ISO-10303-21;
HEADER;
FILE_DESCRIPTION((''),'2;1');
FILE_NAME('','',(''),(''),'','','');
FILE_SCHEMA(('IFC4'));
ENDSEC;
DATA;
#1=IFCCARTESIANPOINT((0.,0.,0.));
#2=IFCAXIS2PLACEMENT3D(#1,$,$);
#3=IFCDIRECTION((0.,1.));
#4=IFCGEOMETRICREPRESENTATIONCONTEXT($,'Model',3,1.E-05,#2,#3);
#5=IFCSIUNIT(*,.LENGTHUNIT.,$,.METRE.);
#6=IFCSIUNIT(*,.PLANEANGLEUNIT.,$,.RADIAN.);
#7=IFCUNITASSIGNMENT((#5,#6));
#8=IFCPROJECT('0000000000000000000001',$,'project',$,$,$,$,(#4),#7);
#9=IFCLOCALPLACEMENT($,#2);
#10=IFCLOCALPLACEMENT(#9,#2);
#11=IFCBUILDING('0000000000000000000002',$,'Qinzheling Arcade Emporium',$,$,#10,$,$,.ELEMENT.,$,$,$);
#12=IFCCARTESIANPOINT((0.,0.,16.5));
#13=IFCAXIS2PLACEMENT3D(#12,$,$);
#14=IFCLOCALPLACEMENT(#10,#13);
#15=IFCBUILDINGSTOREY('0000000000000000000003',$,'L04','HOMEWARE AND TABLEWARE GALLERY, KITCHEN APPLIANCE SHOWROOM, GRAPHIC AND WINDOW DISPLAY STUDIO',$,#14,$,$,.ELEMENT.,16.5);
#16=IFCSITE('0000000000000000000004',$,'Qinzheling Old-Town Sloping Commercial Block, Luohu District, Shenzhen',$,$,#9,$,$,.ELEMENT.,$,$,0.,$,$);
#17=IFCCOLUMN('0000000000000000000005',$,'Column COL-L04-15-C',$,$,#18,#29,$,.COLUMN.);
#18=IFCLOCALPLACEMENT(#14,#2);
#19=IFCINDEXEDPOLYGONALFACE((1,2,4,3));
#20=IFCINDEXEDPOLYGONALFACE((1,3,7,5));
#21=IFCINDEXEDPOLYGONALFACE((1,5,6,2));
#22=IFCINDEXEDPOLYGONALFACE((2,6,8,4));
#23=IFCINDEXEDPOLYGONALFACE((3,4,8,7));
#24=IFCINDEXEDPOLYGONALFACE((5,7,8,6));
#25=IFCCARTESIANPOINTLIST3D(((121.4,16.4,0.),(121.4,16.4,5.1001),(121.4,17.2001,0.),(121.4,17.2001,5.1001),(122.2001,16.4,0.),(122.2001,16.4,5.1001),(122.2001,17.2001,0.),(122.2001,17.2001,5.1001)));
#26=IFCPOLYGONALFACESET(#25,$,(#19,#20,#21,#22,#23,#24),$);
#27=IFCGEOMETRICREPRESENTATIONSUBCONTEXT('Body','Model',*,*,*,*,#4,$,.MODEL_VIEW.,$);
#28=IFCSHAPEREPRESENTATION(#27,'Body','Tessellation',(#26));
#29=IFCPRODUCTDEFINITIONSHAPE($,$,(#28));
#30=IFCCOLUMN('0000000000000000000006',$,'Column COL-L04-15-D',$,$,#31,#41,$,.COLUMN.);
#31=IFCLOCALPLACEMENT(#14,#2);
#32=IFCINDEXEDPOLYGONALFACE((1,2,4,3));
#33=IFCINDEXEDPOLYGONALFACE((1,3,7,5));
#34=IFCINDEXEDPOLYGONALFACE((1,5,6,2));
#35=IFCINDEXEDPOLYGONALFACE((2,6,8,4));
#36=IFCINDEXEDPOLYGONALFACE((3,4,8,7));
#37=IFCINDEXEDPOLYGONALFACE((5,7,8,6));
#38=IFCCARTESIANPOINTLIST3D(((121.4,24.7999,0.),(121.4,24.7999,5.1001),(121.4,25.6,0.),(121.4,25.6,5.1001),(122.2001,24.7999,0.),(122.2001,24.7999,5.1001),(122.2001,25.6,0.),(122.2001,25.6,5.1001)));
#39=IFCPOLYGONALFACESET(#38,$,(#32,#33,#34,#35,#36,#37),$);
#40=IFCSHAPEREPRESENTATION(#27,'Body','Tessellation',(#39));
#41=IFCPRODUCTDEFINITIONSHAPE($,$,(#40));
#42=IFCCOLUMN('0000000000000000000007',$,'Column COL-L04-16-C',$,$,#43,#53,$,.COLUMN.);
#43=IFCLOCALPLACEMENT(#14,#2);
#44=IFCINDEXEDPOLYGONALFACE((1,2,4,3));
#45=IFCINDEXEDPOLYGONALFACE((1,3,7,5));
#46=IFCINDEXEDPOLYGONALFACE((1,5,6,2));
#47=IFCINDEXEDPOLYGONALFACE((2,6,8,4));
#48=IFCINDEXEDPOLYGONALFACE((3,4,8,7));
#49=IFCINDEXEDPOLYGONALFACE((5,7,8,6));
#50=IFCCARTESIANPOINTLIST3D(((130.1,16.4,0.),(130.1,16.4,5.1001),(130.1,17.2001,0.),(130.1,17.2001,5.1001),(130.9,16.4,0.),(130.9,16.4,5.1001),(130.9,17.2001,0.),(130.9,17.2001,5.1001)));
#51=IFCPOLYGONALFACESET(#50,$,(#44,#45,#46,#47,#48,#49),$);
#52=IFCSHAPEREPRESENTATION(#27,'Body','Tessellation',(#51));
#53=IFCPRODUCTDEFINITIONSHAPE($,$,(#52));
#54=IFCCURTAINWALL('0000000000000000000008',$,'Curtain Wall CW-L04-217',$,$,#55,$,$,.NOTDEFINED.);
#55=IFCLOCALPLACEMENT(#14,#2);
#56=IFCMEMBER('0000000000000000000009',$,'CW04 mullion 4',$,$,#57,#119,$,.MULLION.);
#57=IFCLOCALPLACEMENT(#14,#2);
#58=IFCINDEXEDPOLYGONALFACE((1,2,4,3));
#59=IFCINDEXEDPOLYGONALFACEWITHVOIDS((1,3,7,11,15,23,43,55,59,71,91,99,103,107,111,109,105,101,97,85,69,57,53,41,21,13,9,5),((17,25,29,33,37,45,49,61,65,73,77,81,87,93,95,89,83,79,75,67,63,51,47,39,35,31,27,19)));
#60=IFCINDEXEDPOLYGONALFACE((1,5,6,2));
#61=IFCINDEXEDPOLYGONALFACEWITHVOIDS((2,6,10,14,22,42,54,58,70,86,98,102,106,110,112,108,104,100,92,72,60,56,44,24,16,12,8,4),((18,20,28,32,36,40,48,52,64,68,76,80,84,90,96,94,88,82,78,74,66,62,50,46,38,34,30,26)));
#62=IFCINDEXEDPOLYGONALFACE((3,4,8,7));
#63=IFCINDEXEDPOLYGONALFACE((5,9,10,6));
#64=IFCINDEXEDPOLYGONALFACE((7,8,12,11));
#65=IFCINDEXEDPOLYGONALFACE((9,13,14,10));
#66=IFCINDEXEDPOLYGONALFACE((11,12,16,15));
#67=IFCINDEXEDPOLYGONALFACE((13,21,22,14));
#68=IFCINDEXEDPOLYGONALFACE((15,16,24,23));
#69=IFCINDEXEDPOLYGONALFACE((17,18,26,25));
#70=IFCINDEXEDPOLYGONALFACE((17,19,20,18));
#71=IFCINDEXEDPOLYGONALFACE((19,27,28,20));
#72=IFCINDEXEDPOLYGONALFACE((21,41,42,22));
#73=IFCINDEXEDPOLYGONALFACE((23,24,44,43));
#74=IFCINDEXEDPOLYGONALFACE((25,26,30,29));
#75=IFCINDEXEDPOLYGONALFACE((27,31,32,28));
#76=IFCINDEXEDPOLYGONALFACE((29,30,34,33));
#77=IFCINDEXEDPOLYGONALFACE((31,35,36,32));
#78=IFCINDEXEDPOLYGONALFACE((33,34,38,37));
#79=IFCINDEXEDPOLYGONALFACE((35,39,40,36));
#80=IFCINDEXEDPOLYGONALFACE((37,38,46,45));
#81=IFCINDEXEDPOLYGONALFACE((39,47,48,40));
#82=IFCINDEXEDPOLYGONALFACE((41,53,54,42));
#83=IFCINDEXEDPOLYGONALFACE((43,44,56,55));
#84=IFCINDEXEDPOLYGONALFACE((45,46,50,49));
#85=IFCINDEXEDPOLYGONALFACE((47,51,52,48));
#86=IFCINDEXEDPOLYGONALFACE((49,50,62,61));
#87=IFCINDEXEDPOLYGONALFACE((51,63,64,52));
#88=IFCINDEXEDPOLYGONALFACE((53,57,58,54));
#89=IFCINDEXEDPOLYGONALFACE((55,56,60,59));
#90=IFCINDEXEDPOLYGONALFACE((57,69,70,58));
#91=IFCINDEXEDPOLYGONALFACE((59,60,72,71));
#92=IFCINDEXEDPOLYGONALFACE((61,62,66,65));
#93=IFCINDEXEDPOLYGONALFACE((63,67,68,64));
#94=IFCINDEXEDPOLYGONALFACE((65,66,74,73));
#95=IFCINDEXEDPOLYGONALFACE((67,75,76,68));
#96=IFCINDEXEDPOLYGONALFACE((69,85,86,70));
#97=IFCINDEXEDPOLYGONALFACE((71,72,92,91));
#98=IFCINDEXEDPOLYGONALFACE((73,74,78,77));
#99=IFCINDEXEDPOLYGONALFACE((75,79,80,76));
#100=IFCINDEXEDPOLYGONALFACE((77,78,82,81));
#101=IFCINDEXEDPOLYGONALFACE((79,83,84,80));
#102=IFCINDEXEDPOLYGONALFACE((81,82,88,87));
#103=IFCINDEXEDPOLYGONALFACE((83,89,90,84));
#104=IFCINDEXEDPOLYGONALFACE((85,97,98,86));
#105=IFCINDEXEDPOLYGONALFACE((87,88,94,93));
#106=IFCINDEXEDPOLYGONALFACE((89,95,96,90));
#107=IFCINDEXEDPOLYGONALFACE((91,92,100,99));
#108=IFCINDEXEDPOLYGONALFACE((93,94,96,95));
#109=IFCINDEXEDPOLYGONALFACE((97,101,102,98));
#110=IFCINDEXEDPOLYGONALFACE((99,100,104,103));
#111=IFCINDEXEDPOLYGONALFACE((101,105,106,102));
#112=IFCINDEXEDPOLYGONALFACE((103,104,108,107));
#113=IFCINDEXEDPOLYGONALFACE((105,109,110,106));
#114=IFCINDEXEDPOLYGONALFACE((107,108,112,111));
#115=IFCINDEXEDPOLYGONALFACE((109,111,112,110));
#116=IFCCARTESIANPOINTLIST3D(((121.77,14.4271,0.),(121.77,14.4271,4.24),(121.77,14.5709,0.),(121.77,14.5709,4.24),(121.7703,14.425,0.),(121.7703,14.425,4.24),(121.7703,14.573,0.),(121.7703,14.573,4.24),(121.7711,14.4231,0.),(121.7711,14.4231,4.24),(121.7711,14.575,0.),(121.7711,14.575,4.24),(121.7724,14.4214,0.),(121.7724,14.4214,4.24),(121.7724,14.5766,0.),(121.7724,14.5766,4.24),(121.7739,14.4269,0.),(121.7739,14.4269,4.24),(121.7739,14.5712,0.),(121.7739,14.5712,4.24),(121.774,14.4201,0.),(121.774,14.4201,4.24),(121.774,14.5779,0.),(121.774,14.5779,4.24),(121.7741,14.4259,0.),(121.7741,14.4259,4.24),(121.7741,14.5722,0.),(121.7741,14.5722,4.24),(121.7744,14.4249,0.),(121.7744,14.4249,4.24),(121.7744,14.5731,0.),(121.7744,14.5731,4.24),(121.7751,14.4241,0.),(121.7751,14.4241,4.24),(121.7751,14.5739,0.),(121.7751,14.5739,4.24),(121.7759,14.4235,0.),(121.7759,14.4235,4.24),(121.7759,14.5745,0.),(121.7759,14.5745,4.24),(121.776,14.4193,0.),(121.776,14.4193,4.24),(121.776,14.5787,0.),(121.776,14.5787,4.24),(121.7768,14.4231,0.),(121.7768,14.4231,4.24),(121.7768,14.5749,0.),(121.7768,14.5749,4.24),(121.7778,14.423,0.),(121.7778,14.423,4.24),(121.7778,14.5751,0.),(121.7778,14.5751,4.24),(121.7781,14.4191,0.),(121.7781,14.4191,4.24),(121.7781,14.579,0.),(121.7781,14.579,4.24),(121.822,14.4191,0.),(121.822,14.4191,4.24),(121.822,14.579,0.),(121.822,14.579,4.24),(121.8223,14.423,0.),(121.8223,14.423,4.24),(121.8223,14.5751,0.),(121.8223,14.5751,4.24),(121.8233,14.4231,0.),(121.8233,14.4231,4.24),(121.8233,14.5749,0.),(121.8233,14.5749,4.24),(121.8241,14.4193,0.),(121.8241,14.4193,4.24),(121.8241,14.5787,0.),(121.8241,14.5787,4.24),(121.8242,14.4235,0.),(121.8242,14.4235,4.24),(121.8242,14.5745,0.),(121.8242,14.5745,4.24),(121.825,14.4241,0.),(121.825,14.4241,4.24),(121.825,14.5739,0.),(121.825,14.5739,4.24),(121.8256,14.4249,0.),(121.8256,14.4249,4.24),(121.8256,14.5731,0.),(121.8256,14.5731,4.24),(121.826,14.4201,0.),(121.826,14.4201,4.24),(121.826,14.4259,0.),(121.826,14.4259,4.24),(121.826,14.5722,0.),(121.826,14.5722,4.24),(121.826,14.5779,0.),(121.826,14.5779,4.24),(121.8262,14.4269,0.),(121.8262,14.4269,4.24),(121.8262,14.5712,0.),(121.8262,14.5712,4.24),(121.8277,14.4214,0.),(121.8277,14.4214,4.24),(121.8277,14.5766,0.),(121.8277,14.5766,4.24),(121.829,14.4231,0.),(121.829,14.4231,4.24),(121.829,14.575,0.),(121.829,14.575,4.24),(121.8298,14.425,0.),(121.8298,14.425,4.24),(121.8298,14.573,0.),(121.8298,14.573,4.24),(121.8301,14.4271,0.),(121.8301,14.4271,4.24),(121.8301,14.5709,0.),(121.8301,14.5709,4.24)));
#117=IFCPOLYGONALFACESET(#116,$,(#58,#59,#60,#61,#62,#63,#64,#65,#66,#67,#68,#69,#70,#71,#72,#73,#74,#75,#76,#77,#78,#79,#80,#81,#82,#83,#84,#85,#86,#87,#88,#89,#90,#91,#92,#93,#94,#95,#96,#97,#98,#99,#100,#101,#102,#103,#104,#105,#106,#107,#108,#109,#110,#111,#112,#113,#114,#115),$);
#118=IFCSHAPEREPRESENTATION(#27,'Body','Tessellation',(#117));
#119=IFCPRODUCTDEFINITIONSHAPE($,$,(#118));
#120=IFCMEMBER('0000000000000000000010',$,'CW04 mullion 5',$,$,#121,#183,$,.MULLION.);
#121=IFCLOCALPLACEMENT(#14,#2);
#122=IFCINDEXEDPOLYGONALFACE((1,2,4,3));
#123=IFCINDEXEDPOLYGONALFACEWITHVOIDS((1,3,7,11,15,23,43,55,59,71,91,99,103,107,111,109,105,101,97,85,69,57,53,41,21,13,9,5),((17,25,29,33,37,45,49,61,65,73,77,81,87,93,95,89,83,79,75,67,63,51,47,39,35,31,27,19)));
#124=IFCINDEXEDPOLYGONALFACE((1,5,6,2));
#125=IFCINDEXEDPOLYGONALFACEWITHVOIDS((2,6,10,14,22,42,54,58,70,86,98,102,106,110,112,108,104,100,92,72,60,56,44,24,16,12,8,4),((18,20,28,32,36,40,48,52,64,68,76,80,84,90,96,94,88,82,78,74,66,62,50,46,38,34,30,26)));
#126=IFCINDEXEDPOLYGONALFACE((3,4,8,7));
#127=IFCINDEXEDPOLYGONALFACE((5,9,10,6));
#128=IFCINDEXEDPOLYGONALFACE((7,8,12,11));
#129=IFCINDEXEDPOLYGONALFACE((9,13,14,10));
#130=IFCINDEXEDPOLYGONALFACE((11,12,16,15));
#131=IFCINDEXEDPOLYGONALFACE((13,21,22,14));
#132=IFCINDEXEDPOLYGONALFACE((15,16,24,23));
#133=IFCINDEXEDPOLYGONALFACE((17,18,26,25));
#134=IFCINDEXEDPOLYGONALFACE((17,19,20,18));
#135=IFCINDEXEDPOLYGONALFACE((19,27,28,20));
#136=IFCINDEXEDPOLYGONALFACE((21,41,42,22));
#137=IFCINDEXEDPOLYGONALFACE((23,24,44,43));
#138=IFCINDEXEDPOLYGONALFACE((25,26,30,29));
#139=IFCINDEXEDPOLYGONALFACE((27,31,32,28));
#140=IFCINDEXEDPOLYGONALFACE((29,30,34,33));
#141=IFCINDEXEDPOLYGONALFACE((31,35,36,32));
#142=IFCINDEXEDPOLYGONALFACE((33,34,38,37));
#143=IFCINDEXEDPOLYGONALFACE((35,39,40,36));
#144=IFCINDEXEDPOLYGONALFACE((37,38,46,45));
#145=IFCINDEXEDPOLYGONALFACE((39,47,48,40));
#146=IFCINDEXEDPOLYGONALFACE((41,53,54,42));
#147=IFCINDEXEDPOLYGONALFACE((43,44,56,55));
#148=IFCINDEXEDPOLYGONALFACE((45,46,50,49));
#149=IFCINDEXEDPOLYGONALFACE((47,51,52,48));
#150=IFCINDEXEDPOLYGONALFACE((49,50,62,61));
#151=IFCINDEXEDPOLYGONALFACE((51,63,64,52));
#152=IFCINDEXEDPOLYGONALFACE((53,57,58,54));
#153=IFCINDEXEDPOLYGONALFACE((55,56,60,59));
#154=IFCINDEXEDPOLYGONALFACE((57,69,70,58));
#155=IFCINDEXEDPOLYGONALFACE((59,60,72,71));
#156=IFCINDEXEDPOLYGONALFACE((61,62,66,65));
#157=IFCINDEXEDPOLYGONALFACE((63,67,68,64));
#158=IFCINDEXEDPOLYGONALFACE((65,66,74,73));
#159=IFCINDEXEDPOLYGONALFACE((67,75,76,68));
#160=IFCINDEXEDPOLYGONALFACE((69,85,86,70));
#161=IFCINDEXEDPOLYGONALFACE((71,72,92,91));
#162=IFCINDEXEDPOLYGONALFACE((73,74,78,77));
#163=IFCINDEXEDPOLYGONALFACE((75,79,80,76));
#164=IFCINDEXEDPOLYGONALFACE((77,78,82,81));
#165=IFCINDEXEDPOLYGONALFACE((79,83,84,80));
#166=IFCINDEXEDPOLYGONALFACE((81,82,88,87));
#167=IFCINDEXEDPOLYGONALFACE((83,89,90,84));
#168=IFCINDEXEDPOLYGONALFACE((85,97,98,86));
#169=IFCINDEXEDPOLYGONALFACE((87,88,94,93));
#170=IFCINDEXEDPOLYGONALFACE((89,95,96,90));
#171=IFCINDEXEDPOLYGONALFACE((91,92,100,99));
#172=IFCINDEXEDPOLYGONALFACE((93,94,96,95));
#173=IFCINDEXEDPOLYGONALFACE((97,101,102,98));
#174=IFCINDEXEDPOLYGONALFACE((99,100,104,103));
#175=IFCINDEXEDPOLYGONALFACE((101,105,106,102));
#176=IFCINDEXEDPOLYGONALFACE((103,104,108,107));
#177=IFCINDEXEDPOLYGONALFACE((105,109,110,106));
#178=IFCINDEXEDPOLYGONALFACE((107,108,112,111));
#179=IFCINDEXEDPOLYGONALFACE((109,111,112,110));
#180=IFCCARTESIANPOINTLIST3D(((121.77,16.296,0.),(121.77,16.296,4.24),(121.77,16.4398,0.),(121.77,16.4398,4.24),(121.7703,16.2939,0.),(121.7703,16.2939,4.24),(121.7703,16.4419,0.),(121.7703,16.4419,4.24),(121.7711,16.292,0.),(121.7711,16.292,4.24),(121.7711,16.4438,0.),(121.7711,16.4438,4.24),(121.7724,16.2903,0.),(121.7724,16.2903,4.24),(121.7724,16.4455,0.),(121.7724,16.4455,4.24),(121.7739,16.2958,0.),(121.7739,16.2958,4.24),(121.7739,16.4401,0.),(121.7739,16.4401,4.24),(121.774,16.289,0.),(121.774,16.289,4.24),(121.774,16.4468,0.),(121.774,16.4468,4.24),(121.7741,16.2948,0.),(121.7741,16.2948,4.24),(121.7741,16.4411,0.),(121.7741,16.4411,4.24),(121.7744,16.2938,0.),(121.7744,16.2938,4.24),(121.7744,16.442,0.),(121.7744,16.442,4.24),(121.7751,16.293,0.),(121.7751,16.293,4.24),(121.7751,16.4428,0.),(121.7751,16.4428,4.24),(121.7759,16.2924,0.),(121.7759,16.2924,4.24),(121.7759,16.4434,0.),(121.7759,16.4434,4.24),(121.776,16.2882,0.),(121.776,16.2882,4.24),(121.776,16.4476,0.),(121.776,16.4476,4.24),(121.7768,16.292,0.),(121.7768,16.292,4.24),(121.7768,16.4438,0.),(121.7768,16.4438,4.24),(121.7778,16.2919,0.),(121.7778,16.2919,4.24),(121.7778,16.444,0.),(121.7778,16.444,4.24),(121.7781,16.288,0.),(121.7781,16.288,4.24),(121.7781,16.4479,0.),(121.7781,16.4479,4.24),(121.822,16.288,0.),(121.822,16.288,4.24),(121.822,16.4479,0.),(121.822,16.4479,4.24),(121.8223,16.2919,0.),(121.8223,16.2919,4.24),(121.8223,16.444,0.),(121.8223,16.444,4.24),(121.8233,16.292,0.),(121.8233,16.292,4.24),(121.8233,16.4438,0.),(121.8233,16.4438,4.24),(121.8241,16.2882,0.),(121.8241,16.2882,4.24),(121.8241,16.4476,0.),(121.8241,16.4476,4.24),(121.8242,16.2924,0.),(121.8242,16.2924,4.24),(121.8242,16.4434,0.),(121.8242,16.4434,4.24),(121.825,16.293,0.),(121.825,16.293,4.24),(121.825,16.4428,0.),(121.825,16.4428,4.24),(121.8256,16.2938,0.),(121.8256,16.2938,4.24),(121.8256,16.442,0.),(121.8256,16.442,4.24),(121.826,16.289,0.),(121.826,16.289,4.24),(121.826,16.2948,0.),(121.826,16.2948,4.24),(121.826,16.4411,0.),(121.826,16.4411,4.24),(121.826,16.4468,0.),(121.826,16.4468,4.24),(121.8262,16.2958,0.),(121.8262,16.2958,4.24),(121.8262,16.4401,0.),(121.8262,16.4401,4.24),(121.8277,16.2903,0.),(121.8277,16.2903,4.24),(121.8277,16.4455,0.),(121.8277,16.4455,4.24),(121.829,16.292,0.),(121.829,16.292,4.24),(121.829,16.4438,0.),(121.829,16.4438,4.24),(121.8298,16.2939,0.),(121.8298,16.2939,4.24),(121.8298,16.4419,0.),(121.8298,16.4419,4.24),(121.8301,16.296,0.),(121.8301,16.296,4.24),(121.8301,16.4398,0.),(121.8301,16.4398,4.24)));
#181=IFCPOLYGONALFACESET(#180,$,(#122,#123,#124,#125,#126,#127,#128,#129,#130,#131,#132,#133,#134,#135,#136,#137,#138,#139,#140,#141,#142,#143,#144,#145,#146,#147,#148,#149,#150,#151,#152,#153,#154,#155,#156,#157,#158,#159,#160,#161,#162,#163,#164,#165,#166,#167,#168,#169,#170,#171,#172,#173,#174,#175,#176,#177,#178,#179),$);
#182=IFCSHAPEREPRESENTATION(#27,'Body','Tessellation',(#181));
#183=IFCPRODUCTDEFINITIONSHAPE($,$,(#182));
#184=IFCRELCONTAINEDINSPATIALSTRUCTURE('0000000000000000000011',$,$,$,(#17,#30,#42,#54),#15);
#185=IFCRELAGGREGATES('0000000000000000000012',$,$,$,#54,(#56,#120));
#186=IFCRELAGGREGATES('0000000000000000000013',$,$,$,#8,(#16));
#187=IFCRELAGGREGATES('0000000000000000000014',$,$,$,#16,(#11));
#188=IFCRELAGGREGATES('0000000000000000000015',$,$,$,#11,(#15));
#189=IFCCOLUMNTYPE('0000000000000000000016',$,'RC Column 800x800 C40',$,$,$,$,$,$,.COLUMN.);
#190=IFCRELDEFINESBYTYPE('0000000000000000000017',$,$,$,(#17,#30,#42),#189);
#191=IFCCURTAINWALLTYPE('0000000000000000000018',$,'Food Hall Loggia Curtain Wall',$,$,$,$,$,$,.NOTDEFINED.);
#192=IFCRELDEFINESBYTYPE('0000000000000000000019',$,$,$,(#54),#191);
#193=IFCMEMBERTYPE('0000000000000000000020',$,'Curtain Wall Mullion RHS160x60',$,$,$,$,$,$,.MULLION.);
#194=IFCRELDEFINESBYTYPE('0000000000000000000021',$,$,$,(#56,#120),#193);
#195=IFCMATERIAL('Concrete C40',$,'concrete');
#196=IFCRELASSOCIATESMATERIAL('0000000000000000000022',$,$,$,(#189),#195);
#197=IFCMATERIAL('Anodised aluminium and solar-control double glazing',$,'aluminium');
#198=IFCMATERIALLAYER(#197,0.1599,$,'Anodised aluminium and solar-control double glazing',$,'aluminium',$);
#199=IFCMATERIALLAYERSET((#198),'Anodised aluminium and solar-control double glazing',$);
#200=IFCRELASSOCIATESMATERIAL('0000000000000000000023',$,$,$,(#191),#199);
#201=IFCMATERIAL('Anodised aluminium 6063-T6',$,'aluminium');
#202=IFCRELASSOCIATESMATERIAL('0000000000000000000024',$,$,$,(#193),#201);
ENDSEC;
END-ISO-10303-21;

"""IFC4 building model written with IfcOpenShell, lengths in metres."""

from ifc_helpers import new_model, si_unit, direction, frame, origin, origin_2d, place, context, subcontext, project, spatial, rectangle, hollow_rectangle, extrude, material, layer, layer_set, material_profile, profile_set, type_object, element, aggregate, save


model = new_model("IFC4")

# Units and contexts
model_context = context("Model", 3, precision=1e-05, world=origin(), true_north=direction((0.0, 1.0)))
body_context = subcontext(model_context, "Body", "Model", "MODEL_VIEW")
ifc_project = project(units=[si_unit("LENGTHUNIT", "METRE"), si_unit("PLANEANGLEUNIT", "RADIAN")], contexts=[model_context])

# Site, building, storey
site_placement = place(None, origin())
site = spatial("IfcSite", under=ifc_project, at=site_placement, Name="Qinzheling Old-Town Sloping Commercial Block, Luohu District, Shenzhen", CompositionType="ELEMENT", RefElevation=0.0)
building_placement = place(site_placement, origin())
building = spatial("IfcBuilding", under=site, at=building_placement, Name="Qinzheling Arcade Emporium", CompositionType="ELEMENT")
storey_placement = place(building_placement, frame((0.0, 0.0, 16.5)))
storey = spatial("IfcBuildingStorey", under=building, at=storey_placement, Name="L04", Description="HOMEWARE AND TABLEWARE GALLERY, KITCHEN APPLIANCE SHOWROOM, GRAPHIC AND WINDOW DISPLAY STUDIO", CompositionType="ELEMENT", Elevation=16.5)

# Columns
ifc_material_1 = material(Name="Concrete C40", Category="concrete")
ifc_material_profile_1 = material_profile(ifc_material_1, rectangle(XDim=0.8, YDim=0.8, at=origin_2d()), Name="RC 800x800", Category="concrete")
ifc_profile_set_1 = profile_set([ifc_material_profile_1], Name="Concrete C40")
column_type = type_object("IfcColumnType", Name="RC Column 800x800 C40", PredefinedType="COLUMN", material=ifc_profile_set_1)
for number, where, z_axis, x_axis, name in (
    (1, (121.8, 16.8, 0.0), (0.0, 0.0, 1.0), (1.0, 0.0, 0.0), "Column COL-L04-15-C"),
    (2, (121.8, 25.2, 0.0), (0.0, 0.0, 1.0), (1.0, 0.0, 0.0), "Column COL-L04-15-D"),
    (3, (130.5, 16.8, 0.0), (0.0, 0.0, 1.0), (1.0, 0.0, 0.0), "Column COL-L04-16-C"),
):
    element("IfcColumn", number, at=place(storey_placement, frame(where, z_axis=z_axis, x_axis=x_axis)), inside=storey, type_object=column_type, Name=name, PredefinedType="COLUMN", context=body_context, shape_type="SweptSolid", body=[
        extrude(rectangle(XDim=0.8, YDim=0.8, at=origin_2d()), origin(), (0.0, 0.0, 1.0), 5.1001),
    ])

# Curtain wall, members
ifc_material_2 = material(Name="Anodised aluminium and solar-control double glazing", Category="aluminium")
ifc_layer_1 = layer(ifc_material_2, 0.1599, Name="Anodised aluminium and solar-control double glazing", Category="aluminium")
ifc_layer_set_1 = layer_set([ifc_layer_1], Name="Anodised aluminium and solar-control double glazing")
curtain_wall_type = type_object("IfcCurtainWallType", Name="Food Hall Loggia Curtain Wall", PredefinedType="NOTDEFINED", material=ifc_layer_set_1)
curtain_wall_placement = place(storey_placement, origin())
curtain_wall = element("IfcCurtainWall", 4, at=curtain_wall_placement, inside=storey, type_object=curtain_wall_type, Name="Curtain Wall CW-L04-217", PredefinedType="NOTDEFINED")
ifc_material_3 = material(Name="Anodised aluminium 6063-T6", Category="aluminium")
ifc_material_profile_2 = material_profile(ifc_material_3, hollow_rectangle(XDim=0.0601, YDim=0.1599, WallThickness=0.0039, InnerFilletRadius=0.0039, OuterFilletRadius=0.0081, at=origin_2d()), Name="RHS 160x60x4", Category="aluminium")
ifc_profile_set_2 = profile_set([ifc_material_profile_2], Name="Anodised aluminium 6063-T6")
member_type_1 = type_object("IfcMemberType", Name="Curtain Wall Mullion RHS160x60", PredefinedType="MULLION", material=ifc_profile_set_2)
member_1_placement = place(storey_placement, frame((121.8, 14.499, 0.0), z_axis=(0.0, 0.0, 1.0), x_axis=(-1.0, 0.0, 0.0)))
member_1 = element("IfcMember", 5, at=member_1_placement, type_object=member_type_1, Name="CW04 mullion 4", PredefinedType="MULLION", context=body_context, shape_type="SweptSolid", body=[
    extrude(hollow_rectangle(XDim=0.0601, YDim=0.1599, WallThickness=0.0039, InnerFilletRadius=0.0039, OuterFilletRadius=0.0081, at=origin_2d()), origin(), (0.0, 0.0, 1.0), 4.24),
])
member_2_placement = place(storey_placement, frame((121.8, 16.3679, 0.0), z_axis=(0.0, 0.0, 1.0), x_axis=(-1.0, 0.0, 0.0)))
member_2 = element("IfcMember", 6, at=member_2_placement, type_object=member_type_1, Name="CW04 mullion 5", PredefinedType="MULLION", context=body_context, shape_type="SweptSolid", body=[
    extrude(hollow_rectangle(XDim=0.0601, YDim=0.1599, WallThickness=0.0039, InnerFilletRadius=0.0039, OuterFilletRadius=0.0081, at=origin_2d()), origin(), (0.0, 0.0, 1.0), 4.24),
])

aggregate(curtain_wall, [member_1, member_2])

save(model, "model.ifc")
